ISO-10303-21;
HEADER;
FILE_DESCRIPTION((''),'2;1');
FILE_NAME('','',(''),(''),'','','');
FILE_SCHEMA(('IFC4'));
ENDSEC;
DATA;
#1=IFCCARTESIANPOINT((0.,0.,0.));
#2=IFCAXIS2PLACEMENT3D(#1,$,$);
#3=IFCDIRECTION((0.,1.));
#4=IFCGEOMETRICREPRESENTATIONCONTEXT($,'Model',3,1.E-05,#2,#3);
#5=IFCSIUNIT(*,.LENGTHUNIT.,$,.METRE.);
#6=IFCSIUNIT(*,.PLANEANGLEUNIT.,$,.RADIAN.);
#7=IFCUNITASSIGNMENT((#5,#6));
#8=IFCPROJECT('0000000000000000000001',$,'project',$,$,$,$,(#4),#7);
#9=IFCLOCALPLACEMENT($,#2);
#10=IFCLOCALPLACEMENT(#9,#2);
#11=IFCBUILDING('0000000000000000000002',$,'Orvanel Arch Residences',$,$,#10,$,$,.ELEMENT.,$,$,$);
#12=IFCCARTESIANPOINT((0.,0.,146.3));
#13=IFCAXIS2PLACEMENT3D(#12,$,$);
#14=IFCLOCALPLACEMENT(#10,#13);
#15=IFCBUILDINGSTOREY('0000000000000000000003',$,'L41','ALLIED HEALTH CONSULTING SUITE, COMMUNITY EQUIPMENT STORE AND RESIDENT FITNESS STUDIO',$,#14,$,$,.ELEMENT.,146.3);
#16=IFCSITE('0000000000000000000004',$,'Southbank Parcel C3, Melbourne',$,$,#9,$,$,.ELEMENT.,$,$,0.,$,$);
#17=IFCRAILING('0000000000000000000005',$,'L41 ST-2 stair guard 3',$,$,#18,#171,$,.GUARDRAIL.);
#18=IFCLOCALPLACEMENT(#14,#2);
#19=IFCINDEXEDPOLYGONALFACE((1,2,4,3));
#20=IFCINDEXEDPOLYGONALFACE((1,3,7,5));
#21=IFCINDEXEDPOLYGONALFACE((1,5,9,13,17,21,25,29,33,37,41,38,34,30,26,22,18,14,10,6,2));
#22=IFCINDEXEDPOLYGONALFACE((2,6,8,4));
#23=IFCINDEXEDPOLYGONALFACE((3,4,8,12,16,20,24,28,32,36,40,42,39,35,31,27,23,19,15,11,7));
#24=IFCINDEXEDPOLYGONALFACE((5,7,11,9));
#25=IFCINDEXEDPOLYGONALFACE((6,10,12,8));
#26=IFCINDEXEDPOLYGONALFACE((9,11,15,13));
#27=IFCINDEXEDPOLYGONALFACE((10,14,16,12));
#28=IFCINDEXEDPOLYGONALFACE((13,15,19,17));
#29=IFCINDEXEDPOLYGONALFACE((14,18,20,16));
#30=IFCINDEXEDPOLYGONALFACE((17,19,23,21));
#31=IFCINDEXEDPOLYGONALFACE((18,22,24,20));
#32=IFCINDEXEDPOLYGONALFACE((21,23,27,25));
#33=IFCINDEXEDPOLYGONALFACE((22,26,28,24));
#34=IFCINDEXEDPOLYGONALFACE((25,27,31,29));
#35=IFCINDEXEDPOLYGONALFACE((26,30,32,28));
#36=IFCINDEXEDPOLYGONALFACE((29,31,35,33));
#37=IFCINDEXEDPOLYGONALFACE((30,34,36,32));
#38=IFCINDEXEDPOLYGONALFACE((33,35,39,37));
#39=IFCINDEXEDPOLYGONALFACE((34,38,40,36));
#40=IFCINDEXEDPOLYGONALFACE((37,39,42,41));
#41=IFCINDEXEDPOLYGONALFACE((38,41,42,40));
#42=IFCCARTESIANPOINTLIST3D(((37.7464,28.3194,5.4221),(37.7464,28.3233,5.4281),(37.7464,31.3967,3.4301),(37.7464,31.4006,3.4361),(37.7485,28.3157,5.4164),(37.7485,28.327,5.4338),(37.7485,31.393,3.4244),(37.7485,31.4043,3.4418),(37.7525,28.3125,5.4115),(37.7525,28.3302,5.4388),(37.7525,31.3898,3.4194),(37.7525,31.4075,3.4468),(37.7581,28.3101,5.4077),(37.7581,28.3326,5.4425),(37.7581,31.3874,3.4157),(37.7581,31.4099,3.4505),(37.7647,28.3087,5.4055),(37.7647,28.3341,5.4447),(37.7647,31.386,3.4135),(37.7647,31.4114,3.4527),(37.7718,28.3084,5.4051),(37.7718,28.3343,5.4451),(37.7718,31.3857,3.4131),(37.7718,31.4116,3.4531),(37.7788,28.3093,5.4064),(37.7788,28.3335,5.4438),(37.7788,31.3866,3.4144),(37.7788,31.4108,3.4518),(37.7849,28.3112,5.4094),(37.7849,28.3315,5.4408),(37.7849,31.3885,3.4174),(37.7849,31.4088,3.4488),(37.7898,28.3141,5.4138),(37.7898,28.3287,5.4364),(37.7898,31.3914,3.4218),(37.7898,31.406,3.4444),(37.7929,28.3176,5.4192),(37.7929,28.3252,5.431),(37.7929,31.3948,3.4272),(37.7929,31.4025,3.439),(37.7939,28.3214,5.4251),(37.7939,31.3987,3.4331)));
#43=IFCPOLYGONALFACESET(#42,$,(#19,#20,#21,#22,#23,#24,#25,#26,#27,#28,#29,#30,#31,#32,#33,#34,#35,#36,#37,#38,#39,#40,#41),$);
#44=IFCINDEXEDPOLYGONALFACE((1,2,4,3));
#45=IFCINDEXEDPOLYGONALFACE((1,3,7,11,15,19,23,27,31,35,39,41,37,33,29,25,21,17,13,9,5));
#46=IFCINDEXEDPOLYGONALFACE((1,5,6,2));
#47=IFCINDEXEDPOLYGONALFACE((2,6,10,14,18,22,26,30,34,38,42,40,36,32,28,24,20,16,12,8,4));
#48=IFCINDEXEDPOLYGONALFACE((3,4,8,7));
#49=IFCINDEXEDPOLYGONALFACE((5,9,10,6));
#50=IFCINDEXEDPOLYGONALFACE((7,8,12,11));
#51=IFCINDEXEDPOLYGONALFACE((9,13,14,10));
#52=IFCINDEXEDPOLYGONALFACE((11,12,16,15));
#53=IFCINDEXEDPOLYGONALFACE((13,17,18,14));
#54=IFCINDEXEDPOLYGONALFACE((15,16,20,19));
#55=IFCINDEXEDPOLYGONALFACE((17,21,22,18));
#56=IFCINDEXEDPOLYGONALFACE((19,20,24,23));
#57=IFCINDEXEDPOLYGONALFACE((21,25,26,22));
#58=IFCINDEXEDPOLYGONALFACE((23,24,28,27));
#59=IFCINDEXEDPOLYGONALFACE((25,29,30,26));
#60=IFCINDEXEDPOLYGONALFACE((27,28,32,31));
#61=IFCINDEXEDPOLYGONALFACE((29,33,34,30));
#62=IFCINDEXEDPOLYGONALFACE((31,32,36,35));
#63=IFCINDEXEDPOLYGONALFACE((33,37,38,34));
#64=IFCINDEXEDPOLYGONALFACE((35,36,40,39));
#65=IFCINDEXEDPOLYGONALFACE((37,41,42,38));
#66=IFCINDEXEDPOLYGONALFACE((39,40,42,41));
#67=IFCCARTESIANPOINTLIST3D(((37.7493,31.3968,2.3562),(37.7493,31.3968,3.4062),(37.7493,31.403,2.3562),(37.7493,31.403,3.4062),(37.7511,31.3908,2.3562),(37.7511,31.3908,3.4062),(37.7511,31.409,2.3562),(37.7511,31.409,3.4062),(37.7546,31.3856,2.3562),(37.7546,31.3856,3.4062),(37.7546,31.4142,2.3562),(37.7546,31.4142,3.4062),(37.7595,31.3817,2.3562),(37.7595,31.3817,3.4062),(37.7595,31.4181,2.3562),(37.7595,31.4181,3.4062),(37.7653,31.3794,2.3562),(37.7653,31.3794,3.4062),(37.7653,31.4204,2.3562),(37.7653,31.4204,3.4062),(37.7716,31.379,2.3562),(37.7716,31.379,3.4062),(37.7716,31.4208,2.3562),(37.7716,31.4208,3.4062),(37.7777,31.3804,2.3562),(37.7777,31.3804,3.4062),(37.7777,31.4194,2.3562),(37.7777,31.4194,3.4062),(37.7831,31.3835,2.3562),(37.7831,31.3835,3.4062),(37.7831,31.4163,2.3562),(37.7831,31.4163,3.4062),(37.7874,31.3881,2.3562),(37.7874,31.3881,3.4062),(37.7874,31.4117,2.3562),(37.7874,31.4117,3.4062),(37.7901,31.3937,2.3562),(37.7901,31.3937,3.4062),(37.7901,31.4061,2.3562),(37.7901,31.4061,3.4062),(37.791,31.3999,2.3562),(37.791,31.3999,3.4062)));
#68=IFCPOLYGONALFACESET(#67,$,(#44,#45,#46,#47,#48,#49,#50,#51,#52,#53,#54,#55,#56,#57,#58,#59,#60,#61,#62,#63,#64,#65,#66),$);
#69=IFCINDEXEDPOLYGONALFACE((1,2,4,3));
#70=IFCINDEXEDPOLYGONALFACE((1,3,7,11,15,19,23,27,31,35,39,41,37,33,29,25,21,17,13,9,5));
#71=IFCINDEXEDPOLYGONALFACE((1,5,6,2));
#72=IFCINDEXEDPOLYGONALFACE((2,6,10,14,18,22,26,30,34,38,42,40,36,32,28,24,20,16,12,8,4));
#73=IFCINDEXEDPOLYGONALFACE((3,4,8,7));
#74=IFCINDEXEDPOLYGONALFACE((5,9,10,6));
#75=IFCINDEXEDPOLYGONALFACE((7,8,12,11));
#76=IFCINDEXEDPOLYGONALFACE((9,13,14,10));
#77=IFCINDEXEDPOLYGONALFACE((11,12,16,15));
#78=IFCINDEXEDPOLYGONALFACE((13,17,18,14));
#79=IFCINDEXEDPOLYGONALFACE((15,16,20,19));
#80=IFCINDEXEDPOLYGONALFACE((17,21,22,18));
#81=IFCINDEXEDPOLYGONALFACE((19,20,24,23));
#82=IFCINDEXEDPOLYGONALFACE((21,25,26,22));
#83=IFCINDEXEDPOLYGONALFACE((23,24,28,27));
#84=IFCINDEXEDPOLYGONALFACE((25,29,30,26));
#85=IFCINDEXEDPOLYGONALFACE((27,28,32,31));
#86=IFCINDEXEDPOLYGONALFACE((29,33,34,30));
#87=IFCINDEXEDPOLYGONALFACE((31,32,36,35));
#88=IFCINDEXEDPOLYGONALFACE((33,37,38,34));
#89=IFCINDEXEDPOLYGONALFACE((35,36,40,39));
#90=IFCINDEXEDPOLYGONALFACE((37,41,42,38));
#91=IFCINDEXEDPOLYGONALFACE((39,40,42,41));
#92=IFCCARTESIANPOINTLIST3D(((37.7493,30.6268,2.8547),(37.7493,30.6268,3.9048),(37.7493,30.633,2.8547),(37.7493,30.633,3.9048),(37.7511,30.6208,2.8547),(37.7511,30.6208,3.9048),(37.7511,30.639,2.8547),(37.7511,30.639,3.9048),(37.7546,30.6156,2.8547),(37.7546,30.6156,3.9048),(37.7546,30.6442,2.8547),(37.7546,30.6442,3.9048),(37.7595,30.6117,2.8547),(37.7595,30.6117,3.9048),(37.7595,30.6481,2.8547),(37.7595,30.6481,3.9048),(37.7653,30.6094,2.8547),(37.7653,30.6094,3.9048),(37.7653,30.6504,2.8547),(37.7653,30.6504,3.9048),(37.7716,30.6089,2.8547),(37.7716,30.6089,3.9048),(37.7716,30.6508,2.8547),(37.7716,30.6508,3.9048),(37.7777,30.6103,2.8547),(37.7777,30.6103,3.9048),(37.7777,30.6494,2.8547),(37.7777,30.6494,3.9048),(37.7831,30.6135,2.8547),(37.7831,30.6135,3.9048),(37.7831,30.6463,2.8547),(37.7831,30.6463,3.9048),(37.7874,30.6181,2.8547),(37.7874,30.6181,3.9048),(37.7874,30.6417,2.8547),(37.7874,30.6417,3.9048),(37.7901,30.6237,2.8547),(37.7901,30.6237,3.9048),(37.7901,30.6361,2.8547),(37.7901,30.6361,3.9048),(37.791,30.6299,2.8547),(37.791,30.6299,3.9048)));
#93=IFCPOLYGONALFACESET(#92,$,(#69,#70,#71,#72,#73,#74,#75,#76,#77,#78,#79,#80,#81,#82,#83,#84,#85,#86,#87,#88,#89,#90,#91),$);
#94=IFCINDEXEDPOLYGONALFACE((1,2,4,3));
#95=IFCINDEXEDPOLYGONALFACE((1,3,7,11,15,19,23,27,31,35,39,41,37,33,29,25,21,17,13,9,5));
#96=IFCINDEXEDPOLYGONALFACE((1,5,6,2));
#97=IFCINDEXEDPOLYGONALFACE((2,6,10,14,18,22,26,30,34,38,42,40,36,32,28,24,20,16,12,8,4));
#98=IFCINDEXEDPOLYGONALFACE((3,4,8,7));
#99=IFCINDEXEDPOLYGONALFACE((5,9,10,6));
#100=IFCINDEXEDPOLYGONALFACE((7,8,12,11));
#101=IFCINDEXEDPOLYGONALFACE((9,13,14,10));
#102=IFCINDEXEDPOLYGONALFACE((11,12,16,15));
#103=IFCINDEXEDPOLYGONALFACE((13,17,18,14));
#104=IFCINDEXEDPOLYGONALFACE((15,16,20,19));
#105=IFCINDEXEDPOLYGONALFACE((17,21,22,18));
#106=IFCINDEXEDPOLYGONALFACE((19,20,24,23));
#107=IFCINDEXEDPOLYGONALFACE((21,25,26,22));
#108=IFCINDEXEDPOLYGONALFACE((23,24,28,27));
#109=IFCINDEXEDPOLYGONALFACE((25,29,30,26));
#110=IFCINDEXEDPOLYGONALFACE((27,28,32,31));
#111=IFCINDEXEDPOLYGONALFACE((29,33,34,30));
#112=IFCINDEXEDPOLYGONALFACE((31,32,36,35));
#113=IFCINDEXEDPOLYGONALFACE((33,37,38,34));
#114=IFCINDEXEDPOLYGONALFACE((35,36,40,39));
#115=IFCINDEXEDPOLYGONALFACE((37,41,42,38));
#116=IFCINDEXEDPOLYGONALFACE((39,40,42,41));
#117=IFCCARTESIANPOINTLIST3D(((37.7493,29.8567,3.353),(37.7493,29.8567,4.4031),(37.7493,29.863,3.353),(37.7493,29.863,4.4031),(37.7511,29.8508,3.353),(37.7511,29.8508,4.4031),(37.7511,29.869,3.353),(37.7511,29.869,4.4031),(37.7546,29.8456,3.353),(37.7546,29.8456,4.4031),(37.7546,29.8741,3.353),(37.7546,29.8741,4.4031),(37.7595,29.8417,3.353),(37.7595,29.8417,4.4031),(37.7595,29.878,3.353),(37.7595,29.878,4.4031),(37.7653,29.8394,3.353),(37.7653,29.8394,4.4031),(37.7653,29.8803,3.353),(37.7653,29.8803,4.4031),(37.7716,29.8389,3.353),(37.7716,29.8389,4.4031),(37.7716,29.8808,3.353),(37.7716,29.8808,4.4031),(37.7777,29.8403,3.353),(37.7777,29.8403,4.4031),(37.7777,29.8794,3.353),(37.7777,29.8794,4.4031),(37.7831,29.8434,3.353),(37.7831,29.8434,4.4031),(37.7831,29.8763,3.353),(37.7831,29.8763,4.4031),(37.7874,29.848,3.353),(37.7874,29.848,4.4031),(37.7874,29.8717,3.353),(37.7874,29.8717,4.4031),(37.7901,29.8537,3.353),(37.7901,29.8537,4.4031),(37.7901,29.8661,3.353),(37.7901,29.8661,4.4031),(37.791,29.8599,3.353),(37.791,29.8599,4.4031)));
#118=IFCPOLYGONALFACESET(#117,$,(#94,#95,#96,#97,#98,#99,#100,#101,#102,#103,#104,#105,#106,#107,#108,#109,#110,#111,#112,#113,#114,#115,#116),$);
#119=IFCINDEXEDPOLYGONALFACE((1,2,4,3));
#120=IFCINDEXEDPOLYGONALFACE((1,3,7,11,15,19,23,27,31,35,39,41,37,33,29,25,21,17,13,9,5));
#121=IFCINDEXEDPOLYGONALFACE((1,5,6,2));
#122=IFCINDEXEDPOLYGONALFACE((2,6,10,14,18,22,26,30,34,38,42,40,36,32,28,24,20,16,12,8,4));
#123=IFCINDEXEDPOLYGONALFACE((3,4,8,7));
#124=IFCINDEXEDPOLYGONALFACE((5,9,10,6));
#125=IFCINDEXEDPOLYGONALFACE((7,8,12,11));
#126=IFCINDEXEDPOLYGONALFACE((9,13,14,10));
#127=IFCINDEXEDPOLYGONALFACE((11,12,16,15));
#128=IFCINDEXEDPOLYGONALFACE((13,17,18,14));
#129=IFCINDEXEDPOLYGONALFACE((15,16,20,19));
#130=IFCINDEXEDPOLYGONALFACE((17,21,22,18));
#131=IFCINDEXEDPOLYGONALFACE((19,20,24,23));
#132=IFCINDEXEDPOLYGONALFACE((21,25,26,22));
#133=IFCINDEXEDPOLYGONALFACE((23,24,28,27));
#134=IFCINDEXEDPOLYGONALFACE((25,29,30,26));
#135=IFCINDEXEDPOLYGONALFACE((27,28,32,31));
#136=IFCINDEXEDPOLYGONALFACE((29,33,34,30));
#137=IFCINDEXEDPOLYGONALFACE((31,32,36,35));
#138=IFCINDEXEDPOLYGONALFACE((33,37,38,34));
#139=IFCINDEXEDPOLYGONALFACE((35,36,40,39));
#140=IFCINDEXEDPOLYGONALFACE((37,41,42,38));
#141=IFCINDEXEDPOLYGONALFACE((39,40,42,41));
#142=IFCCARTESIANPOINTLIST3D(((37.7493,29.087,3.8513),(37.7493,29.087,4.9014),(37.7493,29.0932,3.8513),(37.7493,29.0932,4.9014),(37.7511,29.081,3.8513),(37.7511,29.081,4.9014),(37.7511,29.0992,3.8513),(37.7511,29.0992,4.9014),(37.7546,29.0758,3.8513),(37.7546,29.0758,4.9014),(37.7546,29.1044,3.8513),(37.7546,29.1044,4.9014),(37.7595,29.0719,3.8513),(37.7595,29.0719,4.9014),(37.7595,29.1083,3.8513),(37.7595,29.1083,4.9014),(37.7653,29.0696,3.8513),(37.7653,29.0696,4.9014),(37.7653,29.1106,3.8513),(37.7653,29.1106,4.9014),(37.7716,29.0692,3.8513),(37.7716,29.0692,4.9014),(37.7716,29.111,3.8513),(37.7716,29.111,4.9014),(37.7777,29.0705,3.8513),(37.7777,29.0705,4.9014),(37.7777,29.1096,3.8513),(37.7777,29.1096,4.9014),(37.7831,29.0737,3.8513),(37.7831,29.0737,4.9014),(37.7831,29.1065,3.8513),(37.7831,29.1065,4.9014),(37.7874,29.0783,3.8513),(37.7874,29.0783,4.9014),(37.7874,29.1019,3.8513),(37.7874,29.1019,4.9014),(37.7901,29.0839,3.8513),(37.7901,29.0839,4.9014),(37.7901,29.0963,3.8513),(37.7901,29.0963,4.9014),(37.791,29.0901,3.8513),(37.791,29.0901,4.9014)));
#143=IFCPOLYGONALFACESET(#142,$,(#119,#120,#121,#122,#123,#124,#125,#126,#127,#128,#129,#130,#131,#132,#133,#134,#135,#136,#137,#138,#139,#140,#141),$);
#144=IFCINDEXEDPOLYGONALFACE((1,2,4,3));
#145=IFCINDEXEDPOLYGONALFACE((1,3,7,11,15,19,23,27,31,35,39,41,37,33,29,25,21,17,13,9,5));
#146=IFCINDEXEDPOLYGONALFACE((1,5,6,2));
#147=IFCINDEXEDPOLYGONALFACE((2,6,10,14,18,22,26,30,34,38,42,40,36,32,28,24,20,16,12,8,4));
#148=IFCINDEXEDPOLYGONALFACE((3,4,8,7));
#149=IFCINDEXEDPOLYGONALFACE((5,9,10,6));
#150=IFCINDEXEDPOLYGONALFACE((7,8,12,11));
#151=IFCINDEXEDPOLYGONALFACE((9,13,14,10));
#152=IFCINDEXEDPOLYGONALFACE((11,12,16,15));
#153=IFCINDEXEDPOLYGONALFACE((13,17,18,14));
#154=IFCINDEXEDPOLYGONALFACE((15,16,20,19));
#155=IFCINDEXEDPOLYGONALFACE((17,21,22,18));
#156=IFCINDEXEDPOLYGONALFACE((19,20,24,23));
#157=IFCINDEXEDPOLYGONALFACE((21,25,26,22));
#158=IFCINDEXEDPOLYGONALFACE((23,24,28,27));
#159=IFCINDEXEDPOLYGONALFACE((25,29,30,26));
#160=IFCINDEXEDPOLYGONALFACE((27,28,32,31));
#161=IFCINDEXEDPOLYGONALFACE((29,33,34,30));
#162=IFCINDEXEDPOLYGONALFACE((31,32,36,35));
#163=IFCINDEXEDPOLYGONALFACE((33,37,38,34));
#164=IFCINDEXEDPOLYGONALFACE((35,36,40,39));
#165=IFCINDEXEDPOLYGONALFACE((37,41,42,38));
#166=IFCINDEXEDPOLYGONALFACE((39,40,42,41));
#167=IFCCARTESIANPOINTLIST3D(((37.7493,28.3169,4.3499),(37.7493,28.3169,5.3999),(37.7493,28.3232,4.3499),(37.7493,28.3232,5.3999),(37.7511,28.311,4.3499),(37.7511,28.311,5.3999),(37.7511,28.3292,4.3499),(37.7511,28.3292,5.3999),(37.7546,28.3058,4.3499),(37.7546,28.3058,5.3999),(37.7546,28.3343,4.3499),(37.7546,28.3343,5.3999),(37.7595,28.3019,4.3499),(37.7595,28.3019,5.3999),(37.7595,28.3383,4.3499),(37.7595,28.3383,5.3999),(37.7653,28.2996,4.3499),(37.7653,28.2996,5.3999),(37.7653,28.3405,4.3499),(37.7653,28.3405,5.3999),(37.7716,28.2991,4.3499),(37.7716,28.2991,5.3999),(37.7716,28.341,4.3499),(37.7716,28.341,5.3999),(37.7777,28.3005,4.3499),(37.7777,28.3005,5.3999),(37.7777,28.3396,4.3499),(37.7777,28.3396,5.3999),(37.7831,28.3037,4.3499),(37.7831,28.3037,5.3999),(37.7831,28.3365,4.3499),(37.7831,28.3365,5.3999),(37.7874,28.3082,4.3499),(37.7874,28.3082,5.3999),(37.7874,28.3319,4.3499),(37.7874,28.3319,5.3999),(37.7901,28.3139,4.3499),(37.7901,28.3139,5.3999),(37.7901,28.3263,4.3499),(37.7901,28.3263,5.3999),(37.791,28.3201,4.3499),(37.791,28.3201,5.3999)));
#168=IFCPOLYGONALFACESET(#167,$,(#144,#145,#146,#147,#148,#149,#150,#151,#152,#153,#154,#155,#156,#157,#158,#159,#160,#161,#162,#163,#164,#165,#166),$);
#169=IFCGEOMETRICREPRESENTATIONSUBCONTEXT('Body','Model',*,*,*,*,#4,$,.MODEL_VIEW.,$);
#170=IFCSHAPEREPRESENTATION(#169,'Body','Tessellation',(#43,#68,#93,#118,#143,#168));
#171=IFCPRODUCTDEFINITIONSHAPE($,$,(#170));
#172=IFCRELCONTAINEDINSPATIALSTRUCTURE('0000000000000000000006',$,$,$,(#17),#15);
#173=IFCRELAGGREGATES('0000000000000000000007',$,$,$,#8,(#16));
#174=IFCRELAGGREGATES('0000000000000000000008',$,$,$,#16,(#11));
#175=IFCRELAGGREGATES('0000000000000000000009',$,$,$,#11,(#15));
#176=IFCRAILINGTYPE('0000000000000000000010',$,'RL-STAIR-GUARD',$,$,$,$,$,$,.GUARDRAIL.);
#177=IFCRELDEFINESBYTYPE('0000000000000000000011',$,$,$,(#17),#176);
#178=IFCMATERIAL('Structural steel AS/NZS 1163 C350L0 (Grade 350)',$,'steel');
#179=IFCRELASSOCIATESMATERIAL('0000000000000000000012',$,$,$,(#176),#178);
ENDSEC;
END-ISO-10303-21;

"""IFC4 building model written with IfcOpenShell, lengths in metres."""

from ifc_helpers import new_model, si_unit, direction, frame, origin, origin_2d, place, context, subcontext, project, spatial, circle, extrude, material, type_object, element, save


model = new_model("IFC4")

# Units and contexts
model_context = context("Model", 3, precision=1e-05, world=origin(), true_north=direction((0.0, 1.0)))
body_context = subcontext(model_context, "Body", "Model", "MODEL_VIEW")
ifc_project = project(units=[si_unit("LENGTHUNIT", "METRE"), si_unit("PLANEANGLEUNIT", "RADIAN")], contexts=[model_context])

# Site, building, storey
site_placement = place(None, origin())
site = spatial("IfcSite", under=ifc_project, at=site_placement, Name="Southbank Parcel C3, Melbourne", CompositionType="ELEMENT", RefElevation=0.0)
building_placement = place(site_placement, origin())
building = spatial("IfcBuilding", under=site, at=building_placement, Name="Orvanel Arch Residences", CompositionType="ELEMENT")
storey_placement = place(building_placement, frame((0.0, 0.0, 146.3)))
storey = spatial("IfcBuildingStorey", under=building, at=storey_placement, Name="L41", Description="ALLIED HEALTH CONSULTING SUITE, COMMUNITY EQUIPMENT STORE AND RESIDENT FITNESS STUDIO", CompositionType="ELEMENT", Elevation=146.3)

# Railing
ifc_material_1 = material(Name="Structural steel AS/NZS 1163 C350L0 (Grade 350)", Category="steel")
railing_type_1 = type_object("IfcRailingType", Name="RL-STAIR-GUARD", PredefinedType="GUARDRAIL", material=ifc_material_1)
railing_1_placement = place(storey_placement, frame((37.77, 31.3999, 2.3562)))
element("IfcRailing", 1, at=railing_1_placement, inside=storey, type_object=railing_type_1, Name="L41 ST-2 stair guard 3", PredefinedType="GUARDRAIL", context=body_context, shape_type="SweptSolid", body=[
    extrude(circle(Radius=0.0239, at=origin_2d()), frame((0.0, -0.0012, 1.0769), z_axis=(0.0, -0.839468, 0.543409), x_axis=(1.0, 0.0, 0.0)), (0.0, 0.0, 1.0), 3.6658),
    extrude(circle(Radius=0.021, at=origin_2d()), origin(), (0.0, 0.0, 1.0), 1.05),
    extrude(circle(Radius=0.021, at=origin_2d()), frame((0.0, -0.77, 0.4985)), (0.0, 0.0, 1.0), 1.05),
    extrude(circle(Radius=0.021, at=origin_2d()), frame((0.0, -1.54, 0.9968)), (0.0, 0.0, 1.0), 1.05),
    extrude(circle(Radius=0.021, at=origin_2d()), frame((0.0, -2.3098, 1.4951)), (0.0, 0.0, 1.0), 1.05),
    extrude(circle(Radius=0.021, at=origin_2d()), frame((0.0, -3.0798, 1.9937)), (0.0, 0.0, 1.0), 1.05),
])

save(model, "model.ifc")
